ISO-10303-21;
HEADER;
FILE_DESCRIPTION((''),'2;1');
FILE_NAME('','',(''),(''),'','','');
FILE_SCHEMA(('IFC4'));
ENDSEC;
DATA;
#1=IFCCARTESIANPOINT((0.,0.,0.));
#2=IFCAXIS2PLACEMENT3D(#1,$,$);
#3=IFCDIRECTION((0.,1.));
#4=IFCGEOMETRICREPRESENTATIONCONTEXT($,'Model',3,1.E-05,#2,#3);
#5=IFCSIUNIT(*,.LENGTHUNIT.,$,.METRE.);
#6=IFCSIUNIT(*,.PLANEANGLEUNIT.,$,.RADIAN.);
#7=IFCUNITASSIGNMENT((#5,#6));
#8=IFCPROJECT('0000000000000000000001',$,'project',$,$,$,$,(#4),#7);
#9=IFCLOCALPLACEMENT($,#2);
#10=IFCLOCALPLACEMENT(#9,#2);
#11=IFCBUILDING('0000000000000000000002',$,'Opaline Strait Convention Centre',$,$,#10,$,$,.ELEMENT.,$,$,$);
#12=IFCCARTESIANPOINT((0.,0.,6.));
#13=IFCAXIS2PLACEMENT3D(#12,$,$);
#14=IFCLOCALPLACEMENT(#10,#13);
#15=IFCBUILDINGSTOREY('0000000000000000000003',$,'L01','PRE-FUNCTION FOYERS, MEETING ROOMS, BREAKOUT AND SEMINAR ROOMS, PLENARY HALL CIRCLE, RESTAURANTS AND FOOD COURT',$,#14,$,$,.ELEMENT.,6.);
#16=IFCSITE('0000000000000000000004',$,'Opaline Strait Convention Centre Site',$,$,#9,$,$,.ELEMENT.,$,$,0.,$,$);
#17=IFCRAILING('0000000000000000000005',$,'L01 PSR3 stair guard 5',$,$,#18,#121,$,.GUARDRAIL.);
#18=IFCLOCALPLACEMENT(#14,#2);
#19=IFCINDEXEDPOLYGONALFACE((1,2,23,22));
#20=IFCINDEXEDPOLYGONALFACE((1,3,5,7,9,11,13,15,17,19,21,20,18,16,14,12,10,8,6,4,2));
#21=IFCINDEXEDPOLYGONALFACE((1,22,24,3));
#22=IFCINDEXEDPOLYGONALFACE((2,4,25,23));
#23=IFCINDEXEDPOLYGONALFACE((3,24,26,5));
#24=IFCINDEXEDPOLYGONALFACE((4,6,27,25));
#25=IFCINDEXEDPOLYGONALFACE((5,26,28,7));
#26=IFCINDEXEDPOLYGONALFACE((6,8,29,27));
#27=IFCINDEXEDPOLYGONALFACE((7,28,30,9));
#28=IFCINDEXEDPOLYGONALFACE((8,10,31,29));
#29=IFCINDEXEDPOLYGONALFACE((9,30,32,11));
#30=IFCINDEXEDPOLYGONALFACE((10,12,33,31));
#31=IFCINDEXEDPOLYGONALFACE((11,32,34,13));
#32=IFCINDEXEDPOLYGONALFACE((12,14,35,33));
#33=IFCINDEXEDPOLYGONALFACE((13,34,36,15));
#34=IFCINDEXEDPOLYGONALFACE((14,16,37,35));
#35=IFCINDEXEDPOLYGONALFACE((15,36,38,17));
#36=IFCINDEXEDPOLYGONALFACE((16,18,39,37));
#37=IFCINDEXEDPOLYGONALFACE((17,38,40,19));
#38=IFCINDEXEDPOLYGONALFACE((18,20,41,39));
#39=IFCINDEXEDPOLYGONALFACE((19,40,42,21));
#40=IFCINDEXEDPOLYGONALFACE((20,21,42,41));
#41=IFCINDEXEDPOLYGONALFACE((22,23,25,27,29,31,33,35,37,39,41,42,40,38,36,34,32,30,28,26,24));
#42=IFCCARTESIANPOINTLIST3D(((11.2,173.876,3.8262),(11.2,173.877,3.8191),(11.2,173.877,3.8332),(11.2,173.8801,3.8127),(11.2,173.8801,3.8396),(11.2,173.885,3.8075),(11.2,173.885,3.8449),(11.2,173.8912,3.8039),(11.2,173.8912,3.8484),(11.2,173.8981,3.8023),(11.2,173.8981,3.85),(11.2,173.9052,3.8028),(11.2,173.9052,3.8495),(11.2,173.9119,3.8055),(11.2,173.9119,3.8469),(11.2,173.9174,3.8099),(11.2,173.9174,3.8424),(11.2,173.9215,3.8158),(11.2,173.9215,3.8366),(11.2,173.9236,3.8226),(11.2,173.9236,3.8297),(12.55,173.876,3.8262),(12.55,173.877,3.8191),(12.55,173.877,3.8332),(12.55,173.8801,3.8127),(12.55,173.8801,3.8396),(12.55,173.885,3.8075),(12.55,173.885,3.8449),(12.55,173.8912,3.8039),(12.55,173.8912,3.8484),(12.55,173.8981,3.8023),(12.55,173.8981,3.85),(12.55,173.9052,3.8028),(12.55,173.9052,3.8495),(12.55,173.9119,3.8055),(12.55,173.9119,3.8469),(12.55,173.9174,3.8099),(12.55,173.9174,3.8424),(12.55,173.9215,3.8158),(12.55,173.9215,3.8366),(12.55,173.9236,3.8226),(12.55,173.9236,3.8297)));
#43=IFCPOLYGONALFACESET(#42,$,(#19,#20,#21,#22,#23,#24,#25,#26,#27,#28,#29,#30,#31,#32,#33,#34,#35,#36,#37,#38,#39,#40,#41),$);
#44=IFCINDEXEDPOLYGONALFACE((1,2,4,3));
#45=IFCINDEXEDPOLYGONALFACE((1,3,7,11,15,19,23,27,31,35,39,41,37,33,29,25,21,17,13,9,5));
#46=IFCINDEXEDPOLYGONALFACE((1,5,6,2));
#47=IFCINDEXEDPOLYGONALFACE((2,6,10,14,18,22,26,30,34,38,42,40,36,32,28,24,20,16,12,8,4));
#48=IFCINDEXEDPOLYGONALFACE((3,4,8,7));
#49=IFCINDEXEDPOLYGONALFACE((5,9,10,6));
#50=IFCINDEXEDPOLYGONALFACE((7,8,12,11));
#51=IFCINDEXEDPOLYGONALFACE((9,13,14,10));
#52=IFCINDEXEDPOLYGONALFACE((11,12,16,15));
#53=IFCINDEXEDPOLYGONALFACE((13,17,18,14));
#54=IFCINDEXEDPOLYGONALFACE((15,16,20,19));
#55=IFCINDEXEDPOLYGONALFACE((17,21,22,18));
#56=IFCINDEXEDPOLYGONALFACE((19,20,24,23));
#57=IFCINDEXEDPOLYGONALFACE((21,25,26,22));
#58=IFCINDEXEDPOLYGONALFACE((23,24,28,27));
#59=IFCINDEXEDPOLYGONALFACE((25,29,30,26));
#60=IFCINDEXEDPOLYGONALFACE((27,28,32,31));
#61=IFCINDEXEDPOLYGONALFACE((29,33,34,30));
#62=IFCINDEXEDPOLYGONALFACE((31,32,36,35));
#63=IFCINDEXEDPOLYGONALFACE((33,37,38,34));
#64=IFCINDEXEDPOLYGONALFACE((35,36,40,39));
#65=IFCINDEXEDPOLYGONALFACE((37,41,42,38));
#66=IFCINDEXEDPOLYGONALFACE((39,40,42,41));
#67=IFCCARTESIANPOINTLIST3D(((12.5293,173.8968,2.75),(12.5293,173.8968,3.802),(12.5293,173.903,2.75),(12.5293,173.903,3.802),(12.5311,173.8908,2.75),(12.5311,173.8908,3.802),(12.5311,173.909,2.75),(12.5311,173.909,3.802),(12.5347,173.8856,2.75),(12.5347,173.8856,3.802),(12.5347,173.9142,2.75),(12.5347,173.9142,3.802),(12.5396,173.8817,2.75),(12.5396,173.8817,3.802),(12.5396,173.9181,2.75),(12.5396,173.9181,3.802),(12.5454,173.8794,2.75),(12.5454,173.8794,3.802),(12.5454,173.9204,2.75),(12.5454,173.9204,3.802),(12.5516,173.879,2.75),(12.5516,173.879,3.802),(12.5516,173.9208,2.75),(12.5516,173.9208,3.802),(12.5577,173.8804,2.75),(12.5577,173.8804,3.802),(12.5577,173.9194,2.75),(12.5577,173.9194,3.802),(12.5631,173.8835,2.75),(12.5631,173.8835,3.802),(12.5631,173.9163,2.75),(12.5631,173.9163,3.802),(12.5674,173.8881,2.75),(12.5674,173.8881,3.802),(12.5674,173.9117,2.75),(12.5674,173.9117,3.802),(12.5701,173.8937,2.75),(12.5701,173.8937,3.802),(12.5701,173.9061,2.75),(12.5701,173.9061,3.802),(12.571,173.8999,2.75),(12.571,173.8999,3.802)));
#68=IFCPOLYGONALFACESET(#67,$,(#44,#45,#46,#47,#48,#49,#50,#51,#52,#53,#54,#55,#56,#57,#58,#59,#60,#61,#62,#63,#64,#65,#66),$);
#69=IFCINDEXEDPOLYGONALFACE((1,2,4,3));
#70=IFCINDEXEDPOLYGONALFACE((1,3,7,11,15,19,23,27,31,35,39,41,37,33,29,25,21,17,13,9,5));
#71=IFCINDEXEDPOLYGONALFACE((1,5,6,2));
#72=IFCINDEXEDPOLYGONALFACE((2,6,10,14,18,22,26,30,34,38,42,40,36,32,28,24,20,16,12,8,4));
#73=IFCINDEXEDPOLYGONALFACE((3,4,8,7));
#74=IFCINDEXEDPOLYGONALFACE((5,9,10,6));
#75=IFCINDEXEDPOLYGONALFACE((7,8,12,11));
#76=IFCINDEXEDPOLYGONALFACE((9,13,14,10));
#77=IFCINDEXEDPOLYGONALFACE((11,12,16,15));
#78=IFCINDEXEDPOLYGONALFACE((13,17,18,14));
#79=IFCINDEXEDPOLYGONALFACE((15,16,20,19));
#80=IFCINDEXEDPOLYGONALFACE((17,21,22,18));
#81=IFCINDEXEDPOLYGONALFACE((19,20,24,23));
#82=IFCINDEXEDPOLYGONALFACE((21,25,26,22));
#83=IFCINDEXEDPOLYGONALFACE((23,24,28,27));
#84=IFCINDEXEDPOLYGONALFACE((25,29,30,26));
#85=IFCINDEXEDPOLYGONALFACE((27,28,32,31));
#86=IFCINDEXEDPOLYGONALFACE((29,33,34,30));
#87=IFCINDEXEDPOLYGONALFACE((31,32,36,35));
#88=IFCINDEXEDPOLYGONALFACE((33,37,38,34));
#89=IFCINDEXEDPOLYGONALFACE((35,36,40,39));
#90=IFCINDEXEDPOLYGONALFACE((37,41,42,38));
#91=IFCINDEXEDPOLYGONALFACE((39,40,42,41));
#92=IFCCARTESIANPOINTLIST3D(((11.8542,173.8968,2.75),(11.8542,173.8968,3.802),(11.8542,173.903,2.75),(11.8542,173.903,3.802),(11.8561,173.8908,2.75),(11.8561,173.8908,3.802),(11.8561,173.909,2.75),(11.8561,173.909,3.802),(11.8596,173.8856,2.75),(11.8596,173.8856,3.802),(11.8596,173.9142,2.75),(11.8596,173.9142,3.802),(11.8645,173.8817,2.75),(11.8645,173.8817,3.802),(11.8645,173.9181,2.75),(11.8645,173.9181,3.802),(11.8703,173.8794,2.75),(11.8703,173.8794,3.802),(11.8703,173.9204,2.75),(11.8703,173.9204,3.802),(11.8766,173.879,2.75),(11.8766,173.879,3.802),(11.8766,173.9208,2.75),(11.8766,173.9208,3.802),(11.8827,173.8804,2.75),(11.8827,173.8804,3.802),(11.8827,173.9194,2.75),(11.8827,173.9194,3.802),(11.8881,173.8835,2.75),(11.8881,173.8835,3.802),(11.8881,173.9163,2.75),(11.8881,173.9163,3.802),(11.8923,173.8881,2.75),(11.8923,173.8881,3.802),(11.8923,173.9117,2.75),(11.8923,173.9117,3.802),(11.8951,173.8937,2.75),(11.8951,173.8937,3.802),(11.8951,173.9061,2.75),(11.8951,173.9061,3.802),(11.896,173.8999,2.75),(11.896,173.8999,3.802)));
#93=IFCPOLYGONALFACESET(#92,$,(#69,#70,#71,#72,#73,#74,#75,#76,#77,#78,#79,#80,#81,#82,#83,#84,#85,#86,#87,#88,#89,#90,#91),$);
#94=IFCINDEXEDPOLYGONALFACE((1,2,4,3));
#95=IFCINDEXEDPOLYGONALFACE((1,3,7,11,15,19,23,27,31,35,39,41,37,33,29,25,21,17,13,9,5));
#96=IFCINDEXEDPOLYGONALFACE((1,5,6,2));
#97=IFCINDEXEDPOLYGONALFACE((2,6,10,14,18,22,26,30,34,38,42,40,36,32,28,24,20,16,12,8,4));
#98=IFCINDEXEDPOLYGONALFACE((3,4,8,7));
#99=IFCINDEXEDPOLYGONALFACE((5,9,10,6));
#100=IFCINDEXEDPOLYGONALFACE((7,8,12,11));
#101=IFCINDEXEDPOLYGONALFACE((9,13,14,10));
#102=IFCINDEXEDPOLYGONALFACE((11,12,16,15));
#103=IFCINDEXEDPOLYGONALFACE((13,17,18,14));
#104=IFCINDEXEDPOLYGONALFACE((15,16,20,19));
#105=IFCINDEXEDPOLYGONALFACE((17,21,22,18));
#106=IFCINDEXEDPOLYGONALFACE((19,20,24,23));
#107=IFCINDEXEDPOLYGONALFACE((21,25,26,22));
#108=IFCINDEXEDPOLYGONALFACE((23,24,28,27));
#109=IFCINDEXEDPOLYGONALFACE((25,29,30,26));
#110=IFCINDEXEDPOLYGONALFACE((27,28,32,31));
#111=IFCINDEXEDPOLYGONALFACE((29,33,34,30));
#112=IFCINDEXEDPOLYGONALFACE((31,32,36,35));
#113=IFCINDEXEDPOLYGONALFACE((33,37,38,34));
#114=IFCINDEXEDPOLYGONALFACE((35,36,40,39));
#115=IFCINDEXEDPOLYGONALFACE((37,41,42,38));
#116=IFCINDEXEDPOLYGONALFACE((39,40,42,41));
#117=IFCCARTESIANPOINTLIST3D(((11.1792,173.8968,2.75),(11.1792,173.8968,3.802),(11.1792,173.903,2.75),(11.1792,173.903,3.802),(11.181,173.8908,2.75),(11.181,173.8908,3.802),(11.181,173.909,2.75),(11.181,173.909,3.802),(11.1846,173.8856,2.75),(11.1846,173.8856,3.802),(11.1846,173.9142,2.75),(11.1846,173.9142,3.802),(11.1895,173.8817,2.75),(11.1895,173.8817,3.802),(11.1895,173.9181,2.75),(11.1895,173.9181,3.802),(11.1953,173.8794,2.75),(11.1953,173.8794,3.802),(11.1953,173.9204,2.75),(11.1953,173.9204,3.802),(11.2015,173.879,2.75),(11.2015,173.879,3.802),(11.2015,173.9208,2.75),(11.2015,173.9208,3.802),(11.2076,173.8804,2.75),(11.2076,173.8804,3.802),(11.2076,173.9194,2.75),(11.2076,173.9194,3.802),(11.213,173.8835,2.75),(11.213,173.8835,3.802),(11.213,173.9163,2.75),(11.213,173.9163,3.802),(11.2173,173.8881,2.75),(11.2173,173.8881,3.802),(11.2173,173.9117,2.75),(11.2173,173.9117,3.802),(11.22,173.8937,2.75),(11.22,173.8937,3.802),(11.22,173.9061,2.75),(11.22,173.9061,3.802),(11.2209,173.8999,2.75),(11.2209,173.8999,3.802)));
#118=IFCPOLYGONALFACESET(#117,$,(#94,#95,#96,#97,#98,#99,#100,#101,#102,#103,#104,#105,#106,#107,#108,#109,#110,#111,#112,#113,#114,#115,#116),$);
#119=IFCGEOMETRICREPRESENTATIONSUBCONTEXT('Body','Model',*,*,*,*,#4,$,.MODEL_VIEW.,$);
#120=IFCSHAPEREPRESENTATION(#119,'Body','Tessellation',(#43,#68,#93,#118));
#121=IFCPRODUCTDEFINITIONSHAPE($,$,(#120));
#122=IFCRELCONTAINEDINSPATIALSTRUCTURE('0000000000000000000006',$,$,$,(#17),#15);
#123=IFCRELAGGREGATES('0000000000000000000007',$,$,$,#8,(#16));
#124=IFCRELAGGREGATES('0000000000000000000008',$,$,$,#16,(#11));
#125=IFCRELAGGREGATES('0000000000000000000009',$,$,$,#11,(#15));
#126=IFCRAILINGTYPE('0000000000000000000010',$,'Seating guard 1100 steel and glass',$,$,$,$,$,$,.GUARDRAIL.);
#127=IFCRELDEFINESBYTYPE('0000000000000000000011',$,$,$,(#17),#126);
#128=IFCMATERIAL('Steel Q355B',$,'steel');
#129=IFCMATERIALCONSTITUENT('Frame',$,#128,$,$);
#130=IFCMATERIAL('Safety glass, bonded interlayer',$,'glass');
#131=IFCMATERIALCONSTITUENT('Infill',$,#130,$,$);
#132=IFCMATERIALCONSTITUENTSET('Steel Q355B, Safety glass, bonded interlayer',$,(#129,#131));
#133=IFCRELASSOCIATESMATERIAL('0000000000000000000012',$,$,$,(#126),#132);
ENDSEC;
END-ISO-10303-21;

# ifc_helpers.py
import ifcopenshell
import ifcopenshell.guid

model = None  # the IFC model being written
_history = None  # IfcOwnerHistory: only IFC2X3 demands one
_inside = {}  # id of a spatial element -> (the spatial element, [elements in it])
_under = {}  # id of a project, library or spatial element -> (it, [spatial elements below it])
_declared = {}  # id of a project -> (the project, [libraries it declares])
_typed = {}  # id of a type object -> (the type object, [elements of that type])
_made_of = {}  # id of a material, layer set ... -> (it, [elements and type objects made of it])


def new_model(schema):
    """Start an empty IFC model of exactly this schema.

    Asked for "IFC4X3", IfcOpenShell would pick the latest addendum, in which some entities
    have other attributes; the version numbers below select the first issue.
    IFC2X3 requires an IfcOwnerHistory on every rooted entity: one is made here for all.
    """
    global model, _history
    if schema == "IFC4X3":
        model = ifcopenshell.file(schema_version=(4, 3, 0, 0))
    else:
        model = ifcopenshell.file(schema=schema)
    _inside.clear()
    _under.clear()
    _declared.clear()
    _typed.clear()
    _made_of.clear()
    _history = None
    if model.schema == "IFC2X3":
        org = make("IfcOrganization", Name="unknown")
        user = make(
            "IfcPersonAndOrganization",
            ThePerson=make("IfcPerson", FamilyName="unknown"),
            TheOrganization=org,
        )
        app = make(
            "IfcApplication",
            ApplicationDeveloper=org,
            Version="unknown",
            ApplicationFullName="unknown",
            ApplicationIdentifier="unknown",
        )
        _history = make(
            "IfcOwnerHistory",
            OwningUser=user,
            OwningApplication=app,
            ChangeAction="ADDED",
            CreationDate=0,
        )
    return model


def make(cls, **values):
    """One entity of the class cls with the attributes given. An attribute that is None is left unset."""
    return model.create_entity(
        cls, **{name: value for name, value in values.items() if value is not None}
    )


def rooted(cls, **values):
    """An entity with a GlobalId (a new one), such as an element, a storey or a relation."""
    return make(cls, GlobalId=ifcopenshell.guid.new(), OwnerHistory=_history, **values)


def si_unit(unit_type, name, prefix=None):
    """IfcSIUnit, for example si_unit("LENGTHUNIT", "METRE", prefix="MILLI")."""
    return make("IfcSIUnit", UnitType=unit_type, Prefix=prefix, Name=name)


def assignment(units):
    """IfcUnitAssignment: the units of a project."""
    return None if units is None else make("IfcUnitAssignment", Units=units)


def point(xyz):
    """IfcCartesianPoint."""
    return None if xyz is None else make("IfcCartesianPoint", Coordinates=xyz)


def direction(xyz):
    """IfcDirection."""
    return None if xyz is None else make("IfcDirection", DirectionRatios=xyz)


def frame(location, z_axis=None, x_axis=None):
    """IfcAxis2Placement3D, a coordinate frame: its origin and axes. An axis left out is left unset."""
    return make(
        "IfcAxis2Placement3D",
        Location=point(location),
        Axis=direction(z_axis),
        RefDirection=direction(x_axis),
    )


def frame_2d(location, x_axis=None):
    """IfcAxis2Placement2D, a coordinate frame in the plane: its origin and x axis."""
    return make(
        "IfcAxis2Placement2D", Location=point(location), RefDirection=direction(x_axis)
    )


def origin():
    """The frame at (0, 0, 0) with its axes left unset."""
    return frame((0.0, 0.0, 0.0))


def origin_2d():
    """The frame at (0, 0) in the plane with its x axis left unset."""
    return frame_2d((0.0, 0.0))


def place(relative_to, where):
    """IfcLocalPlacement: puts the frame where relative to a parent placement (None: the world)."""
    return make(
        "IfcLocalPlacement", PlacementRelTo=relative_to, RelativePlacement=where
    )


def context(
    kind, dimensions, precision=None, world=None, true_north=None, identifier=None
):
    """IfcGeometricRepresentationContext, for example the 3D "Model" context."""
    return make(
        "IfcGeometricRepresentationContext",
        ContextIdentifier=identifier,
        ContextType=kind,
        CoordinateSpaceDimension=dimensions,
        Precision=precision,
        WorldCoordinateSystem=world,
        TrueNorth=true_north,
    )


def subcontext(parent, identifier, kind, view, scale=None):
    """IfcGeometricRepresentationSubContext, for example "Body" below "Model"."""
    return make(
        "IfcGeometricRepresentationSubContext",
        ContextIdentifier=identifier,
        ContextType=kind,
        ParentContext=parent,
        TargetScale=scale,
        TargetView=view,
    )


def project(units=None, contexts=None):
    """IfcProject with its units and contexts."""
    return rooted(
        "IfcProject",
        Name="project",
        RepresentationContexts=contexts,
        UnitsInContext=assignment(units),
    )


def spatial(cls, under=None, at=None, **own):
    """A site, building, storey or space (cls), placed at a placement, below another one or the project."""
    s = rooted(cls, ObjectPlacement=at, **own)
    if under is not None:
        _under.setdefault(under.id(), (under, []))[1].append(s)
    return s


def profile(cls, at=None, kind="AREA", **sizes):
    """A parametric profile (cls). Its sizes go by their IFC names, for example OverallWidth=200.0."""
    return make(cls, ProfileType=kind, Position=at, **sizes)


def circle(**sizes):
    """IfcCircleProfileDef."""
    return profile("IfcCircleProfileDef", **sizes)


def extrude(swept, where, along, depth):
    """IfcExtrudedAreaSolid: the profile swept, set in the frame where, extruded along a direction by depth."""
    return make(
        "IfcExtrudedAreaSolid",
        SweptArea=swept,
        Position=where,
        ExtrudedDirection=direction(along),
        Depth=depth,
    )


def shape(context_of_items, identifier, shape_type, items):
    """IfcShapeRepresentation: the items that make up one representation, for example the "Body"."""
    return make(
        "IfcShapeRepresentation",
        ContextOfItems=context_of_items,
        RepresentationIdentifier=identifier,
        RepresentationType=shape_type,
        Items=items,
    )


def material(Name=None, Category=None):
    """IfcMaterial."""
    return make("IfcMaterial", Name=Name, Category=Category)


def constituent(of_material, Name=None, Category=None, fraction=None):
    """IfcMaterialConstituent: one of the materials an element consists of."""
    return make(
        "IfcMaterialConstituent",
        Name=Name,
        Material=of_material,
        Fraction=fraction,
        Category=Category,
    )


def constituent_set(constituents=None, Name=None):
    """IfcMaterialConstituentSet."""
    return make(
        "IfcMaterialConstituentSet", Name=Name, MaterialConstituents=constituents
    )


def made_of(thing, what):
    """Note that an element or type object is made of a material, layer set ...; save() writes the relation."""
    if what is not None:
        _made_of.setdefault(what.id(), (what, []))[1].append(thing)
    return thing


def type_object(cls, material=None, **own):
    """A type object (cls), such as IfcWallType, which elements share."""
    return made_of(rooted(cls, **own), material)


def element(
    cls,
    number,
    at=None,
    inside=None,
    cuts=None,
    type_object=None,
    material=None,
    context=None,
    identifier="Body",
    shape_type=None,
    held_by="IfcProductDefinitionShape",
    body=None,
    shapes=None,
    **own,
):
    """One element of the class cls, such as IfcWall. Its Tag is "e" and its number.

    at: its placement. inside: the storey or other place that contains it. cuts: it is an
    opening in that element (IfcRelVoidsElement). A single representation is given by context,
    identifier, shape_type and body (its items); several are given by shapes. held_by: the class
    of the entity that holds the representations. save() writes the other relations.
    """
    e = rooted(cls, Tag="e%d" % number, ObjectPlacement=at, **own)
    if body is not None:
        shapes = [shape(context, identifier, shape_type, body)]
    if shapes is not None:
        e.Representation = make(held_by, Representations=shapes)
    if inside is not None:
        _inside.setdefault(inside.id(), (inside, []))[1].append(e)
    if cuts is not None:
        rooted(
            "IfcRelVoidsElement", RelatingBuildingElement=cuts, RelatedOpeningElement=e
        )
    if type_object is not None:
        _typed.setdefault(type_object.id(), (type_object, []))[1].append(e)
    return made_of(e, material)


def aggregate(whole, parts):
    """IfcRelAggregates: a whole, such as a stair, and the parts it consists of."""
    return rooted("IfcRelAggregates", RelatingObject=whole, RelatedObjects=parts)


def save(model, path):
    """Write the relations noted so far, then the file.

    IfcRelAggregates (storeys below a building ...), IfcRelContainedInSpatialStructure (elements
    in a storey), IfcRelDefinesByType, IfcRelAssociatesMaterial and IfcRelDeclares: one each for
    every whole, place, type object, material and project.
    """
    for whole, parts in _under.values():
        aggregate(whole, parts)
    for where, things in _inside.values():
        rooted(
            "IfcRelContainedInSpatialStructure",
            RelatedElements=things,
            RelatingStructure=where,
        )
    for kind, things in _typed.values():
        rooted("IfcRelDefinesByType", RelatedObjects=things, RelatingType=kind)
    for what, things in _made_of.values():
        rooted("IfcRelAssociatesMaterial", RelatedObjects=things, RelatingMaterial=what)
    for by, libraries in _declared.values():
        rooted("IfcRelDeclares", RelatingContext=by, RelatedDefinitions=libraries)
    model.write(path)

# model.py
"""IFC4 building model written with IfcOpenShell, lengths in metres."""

from ifc_helpers import new_model, si_unit, direction, frame, origin, origin_2d, place, context, subcontext, project, spatial, circle, extrude, material, constituent, constituent_set, type_object, element, save


model = new_model("IFC4")

# Units and contexts
model_context = context("Model", 3, precision=1e-05, world=origin(), true_north=direction((0.0, 1.0)))
body_context = subcontext(model_context, "Body", "Model", "MODEL_VIEW")
ifc_project = project(units=[si_unit("LENGTHUNIT", "METRE"), si_unit("PLANEANGLEUNIT", "RADIAN")], contexts=[model_context])

# Site, building, storey
site_placement = place(None, origin())
site = spatial("IfcSite", under=ifc_project, at=site_placement, Name="Opaline Strait Convention Centre Site", CompositionType="ELEMENT", RefElevation=0.0)
building_placement = place(site_placement, origin())
building = spatial("IfcBuilding", under=site, at=building_placement, Name="Opaline Strait Convention Centre", CompositionType="ELEMENT")
storey_placement = place(building_placement, frame((0.0, 0.0, 6.0)))
storey = spatial("IfcBuildingStorey", under=building, at=storey_placement, Name="L01", Description="PRE-FUNCTION FOYERS, MEETING ROOMS, BREAKOUT AND SEMINAR ROOMS, PLENARY HALL CIRCLE, RESTAURANTS AND FOOD COURT", CompositionType="ELEMENT", Elevation=6.0)

# Railing
ifc_material_1 = material(Name="Steel Q355B", Category="steel")
ifc_constituent_1 = constituent(ifc_material_1, Name="Frame")
ifc_material_2 = material(Name="Safety glass, bonded interlayer", Category="glass")
ifc_constituent_2 = constituent(ifc_material_2, Name="Infill")
ifc_constituent_set = constituent_set(constituents=[ifc_constituent_1, ifc_constituent_2], Name="Steel Q355B, Safety glass, bonded interlayer")
railing_type_1 = type_object("IfcRailingType", Name="Seating guard 1100 steel and glass", PredefinedType="GUARDRAIL", material=ifc_constituent_set)
railing_1_placement = place(storey_placement, frame((12.55, 173.8999, 2.75)))
element("IfcRailing", 1, at=railing_1_placement, inside=storey, type_object=railing_type_1, Name="L01 PSR3 stair guard 5", PredefinedType="GUARDRAIL", context=body_context, shape_type="SweptSolid", body=[
    extrude(circle(Radius=0.0239, at=origin_2d()), frame((0.0, 0.0, 1.0762), z_axis=(-1.0, 0.0, 0.0), x_axis=(0.0, -1.0, 0.0)), (0.0, 0.0, 1.0), 1.3501),
    extrude(circle(Radius=0.021, at=origin_2d()), origin(), (0.0, 0.0, 1.0), 1.052),
    extrude(circle(Radius=0.021, at=origin_2d()), frame((-0.675, 0.0, 0.0)), (0.0, 0.0, 1.0), 1.052),
    extrude(circle(Radius=0.021, at=origin_2d()), frame((-1.3501, 0.0, 0.0)), (0.0, 0.0, 1.0), 1.052),
])

save(model, "model.ifc")
